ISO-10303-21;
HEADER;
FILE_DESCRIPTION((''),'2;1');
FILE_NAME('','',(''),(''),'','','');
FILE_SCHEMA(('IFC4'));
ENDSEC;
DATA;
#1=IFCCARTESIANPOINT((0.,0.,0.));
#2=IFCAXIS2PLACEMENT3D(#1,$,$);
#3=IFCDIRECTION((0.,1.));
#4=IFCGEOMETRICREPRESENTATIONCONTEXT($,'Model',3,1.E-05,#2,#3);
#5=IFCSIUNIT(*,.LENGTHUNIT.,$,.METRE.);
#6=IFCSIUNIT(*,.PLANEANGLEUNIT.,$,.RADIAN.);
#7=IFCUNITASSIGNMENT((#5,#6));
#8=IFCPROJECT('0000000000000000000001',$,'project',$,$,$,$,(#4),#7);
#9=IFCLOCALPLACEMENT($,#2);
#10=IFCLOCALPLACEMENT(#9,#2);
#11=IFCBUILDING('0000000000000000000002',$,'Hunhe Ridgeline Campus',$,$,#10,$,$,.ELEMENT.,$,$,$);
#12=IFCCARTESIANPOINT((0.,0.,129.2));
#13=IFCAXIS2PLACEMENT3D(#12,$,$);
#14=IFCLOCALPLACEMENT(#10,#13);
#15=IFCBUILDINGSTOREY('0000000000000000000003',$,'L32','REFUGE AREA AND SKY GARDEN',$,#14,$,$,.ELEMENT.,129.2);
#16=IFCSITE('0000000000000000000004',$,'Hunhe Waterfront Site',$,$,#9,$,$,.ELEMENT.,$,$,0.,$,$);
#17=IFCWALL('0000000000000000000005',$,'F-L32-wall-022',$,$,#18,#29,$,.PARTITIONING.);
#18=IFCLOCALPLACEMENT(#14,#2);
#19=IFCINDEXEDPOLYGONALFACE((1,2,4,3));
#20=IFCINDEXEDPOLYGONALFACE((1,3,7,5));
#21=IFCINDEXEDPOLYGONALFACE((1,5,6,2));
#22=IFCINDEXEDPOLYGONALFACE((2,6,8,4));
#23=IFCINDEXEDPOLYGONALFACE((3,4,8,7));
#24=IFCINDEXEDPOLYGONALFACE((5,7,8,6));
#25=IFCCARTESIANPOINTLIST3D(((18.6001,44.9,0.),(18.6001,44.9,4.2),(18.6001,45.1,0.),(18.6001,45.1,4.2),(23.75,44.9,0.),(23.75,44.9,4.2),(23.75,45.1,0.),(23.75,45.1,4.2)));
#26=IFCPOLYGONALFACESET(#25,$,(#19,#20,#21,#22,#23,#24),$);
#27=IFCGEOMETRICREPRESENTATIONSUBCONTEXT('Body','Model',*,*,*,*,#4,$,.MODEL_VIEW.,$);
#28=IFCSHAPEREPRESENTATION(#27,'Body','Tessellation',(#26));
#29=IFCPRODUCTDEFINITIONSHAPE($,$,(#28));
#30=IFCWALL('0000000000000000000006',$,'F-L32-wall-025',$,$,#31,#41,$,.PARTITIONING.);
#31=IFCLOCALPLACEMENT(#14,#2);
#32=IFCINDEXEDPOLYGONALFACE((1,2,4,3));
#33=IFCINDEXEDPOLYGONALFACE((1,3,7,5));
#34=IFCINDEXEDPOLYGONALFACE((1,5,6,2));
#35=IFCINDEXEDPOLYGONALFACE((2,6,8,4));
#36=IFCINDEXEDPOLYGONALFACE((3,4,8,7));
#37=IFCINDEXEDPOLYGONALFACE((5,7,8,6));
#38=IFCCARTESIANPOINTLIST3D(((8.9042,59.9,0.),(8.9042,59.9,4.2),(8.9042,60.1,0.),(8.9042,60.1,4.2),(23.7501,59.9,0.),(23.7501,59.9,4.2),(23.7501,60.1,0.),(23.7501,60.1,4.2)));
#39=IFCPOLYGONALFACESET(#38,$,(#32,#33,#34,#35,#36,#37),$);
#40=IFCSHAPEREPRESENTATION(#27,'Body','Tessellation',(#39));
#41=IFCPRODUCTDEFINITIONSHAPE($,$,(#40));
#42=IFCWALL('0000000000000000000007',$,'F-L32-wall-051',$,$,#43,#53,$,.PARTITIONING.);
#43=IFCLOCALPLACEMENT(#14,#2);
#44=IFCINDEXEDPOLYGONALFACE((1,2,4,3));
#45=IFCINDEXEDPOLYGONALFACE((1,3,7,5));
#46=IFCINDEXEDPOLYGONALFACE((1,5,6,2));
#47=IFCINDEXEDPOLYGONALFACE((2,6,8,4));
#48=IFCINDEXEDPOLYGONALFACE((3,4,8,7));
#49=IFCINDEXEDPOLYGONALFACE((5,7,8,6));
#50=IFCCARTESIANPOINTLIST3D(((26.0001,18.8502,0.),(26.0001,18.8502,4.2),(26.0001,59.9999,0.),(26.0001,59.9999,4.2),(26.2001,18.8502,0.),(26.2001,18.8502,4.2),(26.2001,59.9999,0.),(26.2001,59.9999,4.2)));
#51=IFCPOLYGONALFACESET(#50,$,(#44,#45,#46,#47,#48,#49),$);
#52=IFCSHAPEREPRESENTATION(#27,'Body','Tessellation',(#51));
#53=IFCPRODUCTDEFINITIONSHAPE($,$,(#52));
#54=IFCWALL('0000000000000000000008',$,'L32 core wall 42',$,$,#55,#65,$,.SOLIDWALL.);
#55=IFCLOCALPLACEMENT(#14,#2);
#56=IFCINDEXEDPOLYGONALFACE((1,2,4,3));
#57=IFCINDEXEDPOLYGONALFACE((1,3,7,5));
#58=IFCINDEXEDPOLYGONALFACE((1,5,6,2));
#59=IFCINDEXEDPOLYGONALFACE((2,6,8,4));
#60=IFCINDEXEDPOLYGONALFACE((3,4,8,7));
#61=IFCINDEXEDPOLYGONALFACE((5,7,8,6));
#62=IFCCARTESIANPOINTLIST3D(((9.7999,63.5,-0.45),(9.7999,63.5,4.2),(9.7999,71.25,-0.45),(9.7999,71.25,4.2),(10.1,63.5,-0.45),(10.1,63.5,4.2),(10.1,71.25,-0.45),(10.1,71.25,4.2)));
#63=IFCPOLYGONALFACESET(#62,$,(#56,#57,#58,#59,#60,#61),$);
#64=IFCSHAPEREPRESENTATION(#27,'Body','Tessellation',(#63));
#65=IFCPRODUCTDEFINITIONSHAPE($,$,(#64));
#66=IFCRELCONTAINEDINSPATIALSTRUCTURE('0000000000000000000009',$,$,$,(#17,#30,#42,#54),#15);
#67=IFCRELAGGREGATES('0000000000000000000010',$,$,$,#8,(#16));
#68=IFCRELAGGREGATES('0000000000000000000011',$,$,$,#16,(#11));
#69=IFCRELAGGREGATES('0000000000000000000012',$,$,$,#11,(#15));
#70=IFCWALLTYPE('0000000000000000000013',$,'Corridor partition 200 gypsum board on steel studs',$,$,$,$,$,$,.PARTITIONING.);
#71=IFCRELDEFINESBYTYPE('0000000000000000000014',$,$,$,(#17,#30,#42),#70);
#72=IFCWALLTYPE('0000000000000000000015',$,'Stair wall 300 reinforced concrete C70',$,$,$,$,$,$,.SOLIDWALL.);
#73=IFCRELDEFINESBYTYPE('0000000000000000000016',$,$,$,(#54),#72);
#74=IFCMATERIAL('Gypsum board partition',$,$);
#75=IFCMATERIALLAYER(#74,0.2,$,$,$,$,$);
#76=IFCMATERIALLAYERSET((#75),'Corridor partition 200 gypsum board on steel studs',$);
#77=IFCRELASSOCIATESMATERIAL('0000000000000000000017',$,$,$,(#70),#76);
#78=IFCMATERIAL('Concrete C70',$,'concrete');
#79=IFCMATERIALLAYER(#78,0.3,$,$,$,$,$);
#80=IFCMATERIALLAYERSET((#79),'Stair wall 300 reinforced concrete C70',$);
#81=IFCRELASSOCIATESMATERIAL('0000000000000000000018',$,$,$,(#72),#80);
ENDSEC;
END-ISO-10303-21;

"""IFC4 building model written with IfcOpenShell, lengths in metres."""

from ifc_helpers import new_model, si_unit, direction, frame, frame_2d, origin, place, context, subcontext, project, spatial, rectangle, extrude, material, layer, layer_set, type_object, element, save


model = new_model("IFC4")

# Units and contexts
model_context = context("Model", 3, precision=1e-05, world=origin(), true_north=direction((0.0, 1.0)))
body_context = subcontext(model_context, "Body", "Model", "MODEL_VIEW")
ifc_project = project(units=[si_unit("LENGTHUNIT", "METRE"), si_unit("PLANEANGLEUNIT", "RADIAN")], contexts=[model_context])

# Site, building, storey
site_placement = place(None, origin())
site = spatial("IfcSite", under=ifc_project, at=site_placement, Name="Hunhe Waterfront Site", CompositionType="ELEMENT", RefElevation=0.0)
building_placement = place(site_placement, origin())
building = spatial("IfcBuilding", under=site, at=building_placement, Name="Hunhe Ridgeline Campus", CompositionType="ELEMENT")
storey_placement = place(building_placement, frame((0.0, 0.0, 129.2)))
storey = spatial("IfcBuildingStorey", under=building, at=storey_placement, Name="L32", Description="REFUGE AREA AND SKY GARDEN", CompositionType="ELEMENT", Elevation=129.2)

# Shared definitions
ifc_material_1 = material(Name="Concrete C70", Category="concrete")

# Walls
ifc_material_2 = material(Name="Gypsum board partition")
ifc_layer_1 = layer(ifc_material_2, 0.2)
ifc_layer_set_1 = layer_set([ifc_layer_1], Name="Corridor partition 200 gypsum board on steel studs")
wall_type_1 = type_object("IfcWallType", Name="Corridor partition 200 gypsum board on steel studs", PredefinedType="PARTITIONING", material=ifc_layer_set_1)
wall_1_placement = place(storey_placement, frame((18.6001, 45.0, 0.0), z_axis=(0.0, 0.0, 1.0), x_axis=(1.0, 0.0, 0.0)))
element("IfcWall", 1, at=wall_1_placement, inside=storey, type_object=wall_type_1, Name="F-L32-wall-022", PredefinedType="PARTITIONING", context=body_context, shape_type="SweptSolid", body=[
    extrude(rectangle(XDim=5.1499, YDim=0.2, at=frame_2d((2.575, 0.0))), origin(), (0.0, 0.0, 1.0), 4.2),
])
wall_2_placement = place(storey_placement, frame((23.75, 60.0, 0.0), z_axis=(0.0, 0.0, 1.0), x_axis=(-1.0, 0.0, 0.0)))
element("IfcWall", 2, at=wall_2_placement, inside=storey, type_object=wall_type_1, Name="F-L32-wall-025", PredefinedType="PARTITIONING", context=body_context, shape_type="SweptSolid", body=[
    extrude(rectangle(XDim=14.8459, YDim=0.2, at=frame_2d((7.4229, 0.0))), origin(), (0.0, 0.0, 1.0), 4.2),
])
wall_3_placement = place(storey_placement, frame((26.1001, 59.9998, 0.0), z_axis=(0.0, 0.0, 1.0), x_axis=(0.0, -1.0, 0.0)))
element("IfcWall", 3, at=wall_3_placement, inside=storey, type_object=wall_type_1, Name="F-L32-wall-051", PredefinedType="PARTITIONING", context=body_context, shape_type="SweptSolid", body=[
    extrude(rectangle(XDim=41.1497, YDim=0.2, at=frame_2d((20.5747, 0.0))), origin(), (0.0, 0.0, 1.0), 4.2),
])
ifc_layer_2 = layer(ifc_material_1, 0.3)
ifc_layer_set_2 = layer_set([ifc_layer_2], Name="Stair wall 300 reinforced concrete C70")
wall_type_2 = type_object("IfcWallType", Name="Stair wall 300 reinforced concrete C70", PredefinedType="SOLIDWALL", material=ifc_layer_set_2)
wall_4_placement = place(storey_placement, frame((9.95, 63.5, -0.45), z_axis=(0.0, 0.0, 1.0), x_axis=(0.0, 1.0, 0.0)))
element("IfcWall", 4, at=wall_4_placement, inside=storey, type_object=wall_type_2, Name="L32 core wall 42", PredefinedType="SOLIDWALL", context=body_context, shape_type="SweptSolid", body=[
    extrude(rectangle(XDim=7.75, YDim=0.3, at=frame_2d((3.875, 0.0))), origin(), (0.0, 0.0, 1.0), 4.6499),
])

save(model, "model.ifc")
